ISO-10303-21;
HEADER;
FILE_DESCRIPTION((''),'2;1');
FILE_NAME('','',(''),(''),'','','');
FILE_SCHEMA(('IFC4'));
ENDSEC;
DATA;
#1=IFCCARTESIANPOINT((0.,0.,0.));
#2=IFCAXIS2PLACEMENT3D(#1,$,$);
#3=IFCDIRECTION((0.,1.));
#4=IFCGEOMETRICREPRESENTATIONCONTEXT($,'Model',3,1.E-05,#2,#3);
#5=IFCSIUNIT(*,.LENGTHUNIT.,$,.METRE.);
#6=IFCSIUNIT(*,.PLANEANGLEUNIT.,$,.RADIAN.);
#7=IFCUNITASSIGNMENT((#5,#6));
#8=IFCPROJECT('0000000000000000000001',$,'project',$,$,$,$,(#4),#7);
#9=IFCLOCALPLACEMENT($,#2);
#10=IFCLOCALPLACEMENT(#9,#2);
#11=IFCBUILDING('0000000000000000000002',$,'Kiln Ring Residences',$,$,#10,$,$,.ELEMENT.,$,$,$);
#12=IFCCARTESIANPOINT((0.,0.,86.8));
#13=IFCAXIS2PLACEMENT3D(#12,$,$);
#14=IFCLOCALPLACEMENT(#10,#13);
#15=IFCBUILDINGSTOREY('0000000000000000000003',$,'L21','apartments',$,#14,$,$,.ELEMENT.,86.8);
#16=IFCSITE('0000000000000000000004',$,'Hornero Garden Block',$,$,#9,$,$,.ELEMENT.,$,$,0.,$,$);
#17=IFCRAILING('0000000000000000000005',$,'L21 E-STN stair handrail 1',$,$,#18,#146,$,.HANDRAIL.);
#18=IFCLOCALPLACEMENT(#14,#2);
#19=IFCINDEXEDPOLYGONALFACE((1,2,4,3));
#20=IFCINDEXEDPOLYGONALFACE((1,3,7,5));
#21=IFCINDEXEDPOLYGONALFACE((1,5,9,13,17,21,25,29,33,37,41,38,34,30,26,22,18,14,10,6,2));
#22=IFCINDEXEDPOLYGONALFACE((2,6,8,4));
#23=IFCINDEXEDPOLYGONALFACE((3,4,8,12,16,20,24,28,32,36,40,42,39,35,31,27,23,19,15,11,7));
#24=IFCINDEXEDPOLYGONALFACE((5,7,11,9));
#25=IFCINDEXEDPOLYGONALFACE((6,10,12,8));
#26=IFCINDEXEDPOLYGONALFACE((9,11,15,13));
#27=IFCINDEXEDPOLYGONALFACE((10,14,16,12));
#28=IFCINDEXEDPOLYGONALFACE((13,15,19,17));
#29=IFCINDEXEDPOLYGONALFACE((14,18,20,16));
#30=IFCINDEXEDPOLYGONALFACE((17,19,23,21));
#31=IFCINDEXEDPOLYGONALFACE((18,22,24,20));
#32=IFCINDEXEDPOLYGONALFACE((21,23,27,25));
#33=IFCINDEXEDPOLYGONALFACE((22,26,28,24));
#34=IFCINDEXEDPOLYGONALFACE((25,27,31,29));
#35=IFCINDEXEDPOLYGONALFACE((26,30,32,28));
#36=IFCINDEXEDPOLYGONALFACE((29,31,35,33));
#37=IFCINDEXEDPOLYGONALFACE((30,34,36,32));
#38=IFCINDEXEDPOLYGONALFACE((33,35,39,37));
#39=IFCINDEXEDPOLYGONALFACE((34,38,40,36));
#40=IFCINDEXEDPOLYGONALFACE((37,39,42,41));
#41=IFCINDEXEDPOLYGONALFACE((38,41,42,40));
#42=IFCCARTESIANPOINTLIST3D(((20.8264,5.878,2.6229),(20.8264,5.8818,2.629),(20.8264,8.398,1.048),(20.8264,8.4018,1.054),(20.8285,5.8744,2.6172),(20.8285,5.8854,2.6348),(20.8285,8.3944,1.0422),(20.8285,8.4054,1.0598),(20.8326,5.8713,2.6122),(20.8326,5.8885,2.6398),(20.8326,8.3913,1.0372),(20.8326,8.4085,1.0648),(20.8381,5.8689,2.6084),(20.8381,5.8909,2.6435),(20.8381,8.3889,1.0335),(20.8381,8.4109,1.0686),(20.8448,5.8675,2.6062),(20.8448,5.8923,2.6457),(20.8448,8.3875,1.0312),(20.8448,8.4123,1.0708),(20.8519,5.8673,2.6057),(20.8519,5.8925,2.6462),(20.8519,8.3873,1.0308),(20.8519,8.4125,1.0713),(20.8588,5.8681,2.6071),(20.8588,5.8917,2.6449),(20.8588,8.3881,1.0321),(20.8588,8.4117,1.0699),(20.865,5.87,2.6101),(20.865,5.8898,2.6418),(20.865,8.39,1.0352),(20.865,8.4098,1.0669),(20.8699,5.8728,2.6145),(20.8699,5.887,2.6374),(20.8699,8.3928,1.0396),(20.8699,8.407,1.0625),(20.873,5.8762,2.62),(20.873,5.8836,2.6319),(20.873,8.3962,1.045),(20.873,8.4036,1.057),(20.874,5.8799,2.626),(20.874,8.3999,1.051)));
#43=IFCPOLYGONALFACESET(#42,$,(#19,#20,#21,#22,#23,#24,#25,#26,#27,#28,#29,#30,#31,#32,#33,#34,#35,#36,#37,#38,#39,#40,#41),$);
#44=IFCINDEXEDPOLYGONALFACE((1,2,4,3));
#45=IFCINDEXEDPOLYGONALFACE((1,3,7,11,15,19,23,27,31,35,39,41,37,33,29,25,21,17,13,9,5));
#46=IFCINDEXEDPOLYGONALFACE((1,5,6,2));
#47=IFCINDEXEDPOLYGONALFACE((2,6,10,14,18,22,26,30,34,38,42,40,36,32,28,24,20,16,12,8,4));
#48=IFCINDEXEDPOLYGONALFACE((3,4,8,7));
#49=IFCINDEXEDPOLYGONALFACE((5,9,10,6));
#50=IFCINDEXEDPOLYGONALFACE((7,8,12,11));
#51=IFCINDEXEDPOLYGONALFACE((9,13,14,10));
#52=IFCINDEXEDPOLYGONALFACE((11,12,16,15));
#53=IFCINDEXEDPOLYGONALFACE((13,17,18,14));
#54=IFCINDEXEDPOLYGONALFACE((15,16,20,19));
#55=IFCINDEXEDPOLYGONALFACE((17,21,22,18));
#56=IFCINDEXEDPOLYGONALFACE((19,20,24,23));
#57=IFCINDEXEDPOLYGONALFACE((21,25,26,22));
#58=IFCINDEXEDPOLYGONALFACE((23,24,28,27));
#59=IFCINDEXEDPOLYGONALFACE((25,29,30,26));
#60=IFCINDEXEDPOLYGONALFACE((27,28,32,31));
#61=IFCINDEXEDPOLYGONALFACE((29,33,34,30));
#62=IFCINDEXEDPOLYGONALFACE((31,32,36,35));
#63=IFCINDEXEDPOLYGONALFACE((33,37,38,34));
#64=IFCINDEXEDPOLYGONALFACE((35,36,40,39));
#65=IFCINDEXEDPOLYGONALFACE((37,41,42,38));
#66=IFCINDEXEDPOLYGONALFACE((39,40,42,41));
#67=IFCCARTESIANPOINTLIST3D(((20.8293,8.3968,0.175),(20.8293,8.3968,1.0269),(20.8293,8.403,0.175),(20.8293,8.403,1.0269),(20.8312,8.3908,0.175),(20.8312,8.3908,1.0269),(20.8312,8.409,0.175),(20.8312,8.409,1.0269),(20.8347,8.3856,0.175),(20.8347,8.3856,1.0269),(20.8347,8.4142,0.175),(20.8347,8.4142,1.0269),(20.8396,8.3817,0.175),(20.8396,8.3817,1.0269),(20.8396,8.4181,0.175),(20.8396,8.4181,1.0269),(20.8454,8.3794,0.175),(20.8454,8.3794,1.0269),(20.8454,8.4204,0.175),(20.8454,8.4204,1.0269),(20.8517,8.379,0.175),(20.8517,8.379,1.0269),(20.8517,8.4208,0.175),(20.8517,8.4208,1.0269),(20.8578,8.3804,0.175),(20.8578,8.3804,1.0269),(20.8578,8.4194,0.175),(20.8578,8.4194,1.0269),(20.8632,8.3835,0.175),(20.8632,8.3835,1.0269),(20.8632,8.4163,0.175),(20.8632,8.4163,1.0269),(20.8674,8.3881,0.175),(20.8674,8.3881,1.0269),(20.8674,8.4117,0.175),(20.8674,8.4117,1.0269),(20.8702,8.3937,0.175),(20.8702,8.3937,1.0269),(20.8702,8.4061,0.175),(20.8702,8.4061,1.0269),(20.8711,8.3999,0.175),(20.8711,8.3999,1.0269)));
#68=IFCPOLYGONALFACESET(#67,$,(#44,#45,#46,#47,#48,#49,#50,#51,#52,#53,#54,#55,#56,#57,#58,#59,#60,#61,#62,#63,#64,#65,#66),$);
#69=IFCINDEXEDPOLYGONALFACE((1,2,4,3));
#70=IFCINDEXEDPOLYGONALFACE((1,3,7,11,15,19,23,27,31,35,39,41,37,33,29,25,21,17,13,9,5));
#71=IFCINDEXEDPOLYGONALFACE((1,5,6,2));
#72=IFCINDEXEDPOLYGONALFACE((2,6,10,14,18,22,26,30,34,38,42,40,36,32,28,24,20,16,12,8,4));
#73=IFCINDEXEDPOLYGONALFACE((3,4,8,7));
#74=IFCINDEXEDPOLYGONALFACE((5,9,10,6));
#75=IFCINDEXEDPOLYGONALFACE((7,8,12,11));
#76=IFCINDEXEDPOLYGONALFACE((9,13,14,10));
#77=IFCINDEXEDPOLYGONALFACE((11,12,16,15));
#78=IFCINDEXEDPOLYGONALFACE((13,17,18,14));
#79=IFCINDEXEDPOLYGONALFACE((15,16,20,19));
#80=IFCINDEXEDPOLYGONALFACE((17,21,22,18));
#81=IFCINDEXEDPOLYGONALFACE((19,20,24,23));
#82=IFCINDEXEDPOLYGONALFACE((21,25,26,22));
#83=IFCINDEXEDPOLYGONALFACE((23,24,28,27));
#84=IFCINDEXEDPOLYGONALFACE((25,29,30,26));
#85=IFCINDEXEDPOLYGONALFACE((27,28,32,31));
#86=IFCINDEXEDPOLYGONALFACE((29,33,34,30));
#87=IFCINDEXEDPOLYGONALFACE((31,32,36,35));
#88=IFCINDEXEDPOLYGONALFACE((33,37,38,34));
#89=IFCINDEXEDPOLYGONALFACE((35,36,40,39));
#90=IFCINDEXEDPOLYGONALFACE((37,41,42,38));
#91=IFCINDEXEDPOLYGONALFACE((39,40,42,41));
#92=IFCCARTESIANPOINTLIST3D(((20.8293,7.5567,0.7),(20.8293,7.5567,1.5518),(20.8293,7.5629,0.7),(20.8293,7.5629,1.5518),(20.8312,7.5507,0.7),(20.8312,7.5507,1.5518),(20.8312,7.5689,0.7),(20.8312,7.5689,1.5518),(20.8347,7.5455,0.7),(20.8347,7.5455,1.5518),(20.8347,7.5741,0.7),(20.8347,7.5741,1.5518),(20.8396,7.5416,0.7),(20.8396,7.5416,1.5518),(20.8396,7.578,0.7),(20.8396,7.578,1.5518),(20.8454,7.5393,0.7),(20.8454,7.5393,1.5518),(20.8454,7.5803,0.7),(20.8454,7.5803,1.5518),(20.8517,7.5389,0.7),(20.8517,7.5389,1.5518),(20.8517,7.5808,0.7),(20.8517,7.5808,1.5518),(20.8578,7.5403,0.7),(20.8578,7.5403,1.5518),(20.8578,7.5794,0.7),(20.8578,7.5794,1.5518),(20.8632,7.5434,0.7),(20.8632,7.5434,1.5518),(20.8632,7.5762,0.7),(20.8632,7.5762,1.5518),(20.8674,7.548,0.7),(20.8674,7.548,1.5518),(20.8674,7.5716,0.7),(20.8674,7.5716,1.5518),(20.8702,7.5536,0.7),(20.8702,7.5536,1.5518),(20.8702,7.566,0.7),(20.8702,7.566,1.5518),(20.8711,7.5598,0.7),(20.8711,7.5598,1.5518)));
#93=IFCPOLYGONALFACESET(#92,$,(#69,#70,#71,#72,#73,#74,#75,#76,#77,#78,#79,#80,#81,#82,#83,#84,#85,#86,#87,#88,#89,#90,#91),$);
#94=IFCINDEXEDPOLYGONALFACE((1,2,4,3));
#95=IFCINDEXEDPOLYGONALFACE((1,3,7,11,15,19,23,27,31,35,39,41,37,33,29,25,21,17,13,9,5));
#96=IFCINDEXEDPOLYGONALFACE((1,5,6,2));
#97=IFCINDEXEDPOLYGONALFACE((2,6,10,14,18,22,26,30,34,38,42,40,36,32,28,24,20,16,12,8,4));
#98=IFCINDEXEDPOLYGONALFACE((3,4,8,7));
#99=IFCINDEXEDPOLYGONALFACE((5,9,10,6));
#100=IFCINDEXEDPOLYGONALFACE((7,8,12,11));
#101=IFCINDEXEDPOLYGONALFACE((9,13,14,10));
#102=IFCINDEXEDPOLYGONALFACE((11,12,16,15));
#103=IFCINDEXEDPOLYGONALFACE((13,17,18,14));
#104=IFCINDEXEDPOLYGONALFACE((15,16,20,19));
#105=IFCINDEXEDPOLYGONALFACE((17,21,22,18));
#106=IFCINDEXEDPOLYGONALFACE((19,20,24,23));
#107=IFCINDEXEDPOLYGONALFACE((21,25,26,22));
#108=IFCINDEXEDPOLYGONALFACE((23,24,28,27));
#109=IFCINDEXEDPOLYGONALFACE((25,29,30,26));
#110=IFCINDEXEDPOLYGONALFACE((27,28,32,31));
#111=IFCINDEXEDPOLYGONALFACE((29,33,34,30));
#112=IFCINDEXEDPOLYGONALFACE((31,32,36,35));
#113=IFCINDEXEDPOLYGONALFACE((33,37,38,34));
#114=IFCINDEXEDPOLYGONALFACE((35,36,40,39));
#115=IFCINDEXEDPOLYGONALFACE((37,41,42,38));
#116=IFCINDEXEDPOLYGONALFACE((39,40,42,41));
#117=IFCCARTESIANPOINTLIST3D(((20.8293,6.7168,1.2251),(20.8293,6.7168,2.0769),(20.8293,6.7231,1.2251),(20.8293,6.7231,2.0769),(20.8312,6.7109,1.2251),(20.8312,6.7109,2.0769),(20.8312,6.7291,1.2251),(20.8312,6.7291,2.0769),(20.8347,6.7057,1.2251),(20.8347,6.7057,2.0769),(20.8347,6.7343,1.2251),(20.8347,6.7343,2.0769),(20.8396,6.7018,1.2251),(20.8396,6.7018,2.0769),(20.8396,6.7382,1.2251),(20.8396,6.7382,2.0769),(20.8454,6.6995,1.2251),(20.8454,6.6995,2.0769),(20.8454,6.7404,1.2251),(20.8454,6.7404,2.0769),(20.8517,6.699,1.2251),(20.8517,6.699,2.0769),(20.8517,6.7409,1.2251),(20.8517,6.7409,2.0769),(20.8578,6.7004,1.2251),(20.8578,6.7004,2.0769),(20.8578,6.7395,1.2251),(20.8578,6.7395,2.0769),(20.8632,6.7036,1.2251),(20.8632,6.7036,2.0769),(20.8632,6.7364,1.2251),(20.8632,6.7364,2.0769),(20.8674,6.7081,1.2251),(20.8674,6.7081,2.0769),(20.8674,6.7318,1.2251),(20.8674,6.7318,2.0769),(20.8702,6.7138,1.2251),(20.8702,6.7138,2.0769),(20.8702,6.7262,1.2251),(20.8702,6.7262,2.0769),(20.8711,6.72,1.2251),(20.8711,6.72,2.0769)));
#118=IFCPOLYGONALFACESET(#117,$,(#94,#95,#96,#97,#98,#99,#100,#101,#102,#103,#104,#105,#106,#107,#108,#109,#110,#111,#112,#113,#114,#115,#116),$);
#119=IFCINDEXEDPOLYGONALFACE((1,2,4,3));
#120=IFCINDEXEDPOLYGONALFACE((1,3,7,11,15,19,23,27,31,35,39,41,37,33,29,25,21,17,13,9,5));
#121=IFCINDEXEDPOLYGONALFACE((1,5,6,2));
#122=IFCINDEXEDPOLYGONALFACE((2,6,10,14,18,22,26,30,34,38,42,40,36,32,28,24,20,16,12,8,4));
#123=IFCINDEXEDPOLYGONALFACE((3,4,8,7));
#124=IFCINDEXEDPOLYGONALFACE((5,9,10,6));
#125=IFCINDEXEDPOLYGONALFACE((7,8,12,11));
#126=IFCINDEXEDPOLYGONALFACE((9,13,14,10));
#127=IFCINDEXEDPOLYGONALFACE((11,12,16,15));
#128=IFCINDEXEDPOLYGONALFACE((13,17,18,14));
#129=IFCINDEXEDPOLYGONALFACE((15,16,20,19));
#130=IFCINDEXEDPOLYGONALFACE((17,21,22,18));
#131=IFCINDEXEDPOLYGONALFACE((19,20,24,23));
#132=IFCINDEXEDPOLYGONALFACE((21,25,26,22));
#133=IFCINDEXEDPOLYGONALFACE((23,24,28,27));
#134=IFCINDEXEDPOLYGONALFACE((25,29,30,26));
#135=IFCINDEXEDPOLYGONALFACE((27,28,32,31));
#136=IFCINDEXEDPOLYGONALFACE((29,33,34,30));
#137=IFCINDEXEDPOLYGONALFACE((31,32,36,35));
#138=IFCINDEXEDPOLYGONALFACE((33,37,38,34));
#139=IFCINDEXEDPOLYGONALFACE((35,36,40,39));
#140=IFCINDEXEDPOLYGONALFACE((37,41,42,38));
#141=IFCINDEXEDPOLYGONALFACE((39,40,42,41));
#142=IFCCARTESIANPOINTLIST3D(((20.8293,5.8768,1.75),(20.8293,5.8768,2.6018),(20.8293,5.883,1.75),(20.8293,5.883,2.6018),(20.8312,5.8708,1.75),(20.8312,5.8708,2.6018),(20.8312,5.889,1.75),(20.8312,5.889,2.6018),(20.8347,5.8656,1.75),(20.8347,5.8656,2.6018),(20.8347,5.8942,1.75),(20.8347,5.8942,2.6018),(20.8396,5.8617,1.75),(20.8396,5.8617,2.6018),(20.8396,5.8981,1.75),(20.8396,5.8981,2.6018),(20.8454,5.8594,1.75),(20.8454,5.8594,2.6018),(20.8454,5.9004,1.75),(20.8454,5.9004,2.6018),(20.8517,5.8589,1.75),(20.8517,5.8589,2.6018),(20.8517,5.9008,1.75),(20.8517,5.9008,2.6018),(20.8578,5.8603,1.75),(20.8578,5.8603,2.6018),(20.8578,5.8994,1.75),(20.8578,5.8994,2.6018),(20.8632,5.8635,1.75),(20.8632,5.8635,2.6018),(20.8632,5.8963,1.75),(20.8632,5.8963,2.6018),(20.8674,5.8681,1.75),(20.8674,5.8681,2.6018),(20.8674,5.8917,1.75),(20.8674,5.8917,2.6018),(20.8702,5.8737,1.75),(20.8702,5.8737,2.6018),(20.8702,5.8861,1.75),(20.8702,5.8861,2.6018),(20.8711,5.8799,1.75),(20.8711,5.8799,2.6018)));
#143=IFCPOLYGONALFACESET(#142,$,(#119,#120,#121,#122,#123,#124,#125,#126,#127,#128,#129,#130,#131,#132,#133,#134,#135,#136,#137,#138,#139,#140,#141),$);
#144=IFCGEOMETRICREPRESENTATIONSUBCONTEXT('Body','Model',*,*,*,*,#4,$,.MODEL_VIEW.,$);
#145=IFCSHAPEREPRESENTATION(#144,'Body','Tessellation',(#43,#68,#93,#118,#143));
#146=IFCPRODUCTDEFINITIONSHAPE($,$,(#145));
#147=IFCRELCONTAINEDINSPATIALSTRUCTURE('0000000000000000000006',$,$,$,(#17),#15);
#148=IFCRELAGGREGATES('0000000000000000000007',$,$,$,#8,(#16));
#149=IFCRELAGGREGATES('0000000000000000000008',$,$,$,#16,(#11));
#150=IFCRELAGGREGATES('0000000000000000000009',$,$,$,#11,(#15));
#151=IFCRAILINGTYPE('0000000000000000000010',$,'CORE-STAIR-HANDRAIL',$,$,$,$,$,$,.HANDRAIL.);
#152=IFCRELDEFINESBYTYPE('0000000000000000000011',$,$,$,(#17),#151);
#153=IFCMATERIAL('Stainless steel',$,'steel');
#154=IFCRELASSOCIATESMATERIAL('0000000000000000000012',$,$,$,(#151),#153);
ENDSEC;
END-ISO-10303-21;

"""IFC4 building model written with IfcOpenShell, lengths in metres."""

from ifc_helpers import new_model, si_unit, direction, frame, origin, origin_2d, place, context, subcontext, project, spatial, circle, extrude, material, type_object, element, save


model = new_model("IFC4")

# Units and contexts
model_context = context("Model", 3, precision=1e-05, world=origin(), true_north=direction((0.0, 1.0)))
body_context = subcontext(model_context, "Body", "Model", "MODEL_VIEW")
ifc_project = project(units=[si_unit("LENGTHUNIT", "METRE"), si_unit("PLANEANGLEUNIT", "RADIAN")], contexts=[model_context])

# Site, building, storey
site_placement = place(None, origin())
site = spatial("IfcSite", under=ifc_project, at=site_placement, Name="Hornero Garden Block", CompositionType="ELEMENT", RefElevation=0.0)
building_placement = place(site_placement, origin())
building = spatial("IfcBuilding", under=site, at=building_placement, Name="Kiln Ring Residences", CompositionType="ELEMENT")
storey_placement = place(building_placement, frame((0.0, 0.0, 86.8)))
storey = spatial("IfcBuildingStorey", under=building, at=storey_placement, Name="L21", Description="apartments", CompositionType="ELEMENT", Elevation=86.8)

# Railing
ifc_material_1 = material(Name="Stainless steel", Category="steel")
railing_type_1 = type_object("IfcRailingType", Name="CORE-STAIR-HANDRAIL", PredefinedType="HANDRAIL", material=ifc_material_1)
railing_1_placement = place(storey_placement, frame((20.8501, 8.3999, 0.175)))
element("IfcRailing", 1, at=railing_1_placement, inside=storey, type_object=railing_type_1, Name="L21 E-STN stair handrail 1", PredefinedType="HANDRAIL", context=body_context, shape_type="SweptSolid", body=[
    extrude(circle(Radius=0.0239, at=origin_2d()), frame((0.0, 0.0, 0.876), z_axis=(0.0, -0.848008, 0.529984), x_axis=(1.0, 0.0, 0.0)), (0.0, 0.0, 1.0), 2.9717),
    extrude(circle(Radius=0.021, at=origin_2d()), origin(), (0.0, 0.0, 1.0), 0.8518),
    extrude(circle(Radius=0.021, at=origin_2d()), frame((0.0, -0.8401, 0.5249)), (0.0, 0.0, 1.0), 0.8518),
    extrude(circle(Radius=0.021, at=origin_2d()), frame((0.0, -1.6799, 1.05)), (0.0, 0.0, 1.0), 0.8518),
    extrude(circle(Radius=0.021, at=origin_2d()), frame((0.0, -2.52, 1.575)), (0.0, 0.0, 1.0), 0.8518),
])

save(model, "model.ifc")
